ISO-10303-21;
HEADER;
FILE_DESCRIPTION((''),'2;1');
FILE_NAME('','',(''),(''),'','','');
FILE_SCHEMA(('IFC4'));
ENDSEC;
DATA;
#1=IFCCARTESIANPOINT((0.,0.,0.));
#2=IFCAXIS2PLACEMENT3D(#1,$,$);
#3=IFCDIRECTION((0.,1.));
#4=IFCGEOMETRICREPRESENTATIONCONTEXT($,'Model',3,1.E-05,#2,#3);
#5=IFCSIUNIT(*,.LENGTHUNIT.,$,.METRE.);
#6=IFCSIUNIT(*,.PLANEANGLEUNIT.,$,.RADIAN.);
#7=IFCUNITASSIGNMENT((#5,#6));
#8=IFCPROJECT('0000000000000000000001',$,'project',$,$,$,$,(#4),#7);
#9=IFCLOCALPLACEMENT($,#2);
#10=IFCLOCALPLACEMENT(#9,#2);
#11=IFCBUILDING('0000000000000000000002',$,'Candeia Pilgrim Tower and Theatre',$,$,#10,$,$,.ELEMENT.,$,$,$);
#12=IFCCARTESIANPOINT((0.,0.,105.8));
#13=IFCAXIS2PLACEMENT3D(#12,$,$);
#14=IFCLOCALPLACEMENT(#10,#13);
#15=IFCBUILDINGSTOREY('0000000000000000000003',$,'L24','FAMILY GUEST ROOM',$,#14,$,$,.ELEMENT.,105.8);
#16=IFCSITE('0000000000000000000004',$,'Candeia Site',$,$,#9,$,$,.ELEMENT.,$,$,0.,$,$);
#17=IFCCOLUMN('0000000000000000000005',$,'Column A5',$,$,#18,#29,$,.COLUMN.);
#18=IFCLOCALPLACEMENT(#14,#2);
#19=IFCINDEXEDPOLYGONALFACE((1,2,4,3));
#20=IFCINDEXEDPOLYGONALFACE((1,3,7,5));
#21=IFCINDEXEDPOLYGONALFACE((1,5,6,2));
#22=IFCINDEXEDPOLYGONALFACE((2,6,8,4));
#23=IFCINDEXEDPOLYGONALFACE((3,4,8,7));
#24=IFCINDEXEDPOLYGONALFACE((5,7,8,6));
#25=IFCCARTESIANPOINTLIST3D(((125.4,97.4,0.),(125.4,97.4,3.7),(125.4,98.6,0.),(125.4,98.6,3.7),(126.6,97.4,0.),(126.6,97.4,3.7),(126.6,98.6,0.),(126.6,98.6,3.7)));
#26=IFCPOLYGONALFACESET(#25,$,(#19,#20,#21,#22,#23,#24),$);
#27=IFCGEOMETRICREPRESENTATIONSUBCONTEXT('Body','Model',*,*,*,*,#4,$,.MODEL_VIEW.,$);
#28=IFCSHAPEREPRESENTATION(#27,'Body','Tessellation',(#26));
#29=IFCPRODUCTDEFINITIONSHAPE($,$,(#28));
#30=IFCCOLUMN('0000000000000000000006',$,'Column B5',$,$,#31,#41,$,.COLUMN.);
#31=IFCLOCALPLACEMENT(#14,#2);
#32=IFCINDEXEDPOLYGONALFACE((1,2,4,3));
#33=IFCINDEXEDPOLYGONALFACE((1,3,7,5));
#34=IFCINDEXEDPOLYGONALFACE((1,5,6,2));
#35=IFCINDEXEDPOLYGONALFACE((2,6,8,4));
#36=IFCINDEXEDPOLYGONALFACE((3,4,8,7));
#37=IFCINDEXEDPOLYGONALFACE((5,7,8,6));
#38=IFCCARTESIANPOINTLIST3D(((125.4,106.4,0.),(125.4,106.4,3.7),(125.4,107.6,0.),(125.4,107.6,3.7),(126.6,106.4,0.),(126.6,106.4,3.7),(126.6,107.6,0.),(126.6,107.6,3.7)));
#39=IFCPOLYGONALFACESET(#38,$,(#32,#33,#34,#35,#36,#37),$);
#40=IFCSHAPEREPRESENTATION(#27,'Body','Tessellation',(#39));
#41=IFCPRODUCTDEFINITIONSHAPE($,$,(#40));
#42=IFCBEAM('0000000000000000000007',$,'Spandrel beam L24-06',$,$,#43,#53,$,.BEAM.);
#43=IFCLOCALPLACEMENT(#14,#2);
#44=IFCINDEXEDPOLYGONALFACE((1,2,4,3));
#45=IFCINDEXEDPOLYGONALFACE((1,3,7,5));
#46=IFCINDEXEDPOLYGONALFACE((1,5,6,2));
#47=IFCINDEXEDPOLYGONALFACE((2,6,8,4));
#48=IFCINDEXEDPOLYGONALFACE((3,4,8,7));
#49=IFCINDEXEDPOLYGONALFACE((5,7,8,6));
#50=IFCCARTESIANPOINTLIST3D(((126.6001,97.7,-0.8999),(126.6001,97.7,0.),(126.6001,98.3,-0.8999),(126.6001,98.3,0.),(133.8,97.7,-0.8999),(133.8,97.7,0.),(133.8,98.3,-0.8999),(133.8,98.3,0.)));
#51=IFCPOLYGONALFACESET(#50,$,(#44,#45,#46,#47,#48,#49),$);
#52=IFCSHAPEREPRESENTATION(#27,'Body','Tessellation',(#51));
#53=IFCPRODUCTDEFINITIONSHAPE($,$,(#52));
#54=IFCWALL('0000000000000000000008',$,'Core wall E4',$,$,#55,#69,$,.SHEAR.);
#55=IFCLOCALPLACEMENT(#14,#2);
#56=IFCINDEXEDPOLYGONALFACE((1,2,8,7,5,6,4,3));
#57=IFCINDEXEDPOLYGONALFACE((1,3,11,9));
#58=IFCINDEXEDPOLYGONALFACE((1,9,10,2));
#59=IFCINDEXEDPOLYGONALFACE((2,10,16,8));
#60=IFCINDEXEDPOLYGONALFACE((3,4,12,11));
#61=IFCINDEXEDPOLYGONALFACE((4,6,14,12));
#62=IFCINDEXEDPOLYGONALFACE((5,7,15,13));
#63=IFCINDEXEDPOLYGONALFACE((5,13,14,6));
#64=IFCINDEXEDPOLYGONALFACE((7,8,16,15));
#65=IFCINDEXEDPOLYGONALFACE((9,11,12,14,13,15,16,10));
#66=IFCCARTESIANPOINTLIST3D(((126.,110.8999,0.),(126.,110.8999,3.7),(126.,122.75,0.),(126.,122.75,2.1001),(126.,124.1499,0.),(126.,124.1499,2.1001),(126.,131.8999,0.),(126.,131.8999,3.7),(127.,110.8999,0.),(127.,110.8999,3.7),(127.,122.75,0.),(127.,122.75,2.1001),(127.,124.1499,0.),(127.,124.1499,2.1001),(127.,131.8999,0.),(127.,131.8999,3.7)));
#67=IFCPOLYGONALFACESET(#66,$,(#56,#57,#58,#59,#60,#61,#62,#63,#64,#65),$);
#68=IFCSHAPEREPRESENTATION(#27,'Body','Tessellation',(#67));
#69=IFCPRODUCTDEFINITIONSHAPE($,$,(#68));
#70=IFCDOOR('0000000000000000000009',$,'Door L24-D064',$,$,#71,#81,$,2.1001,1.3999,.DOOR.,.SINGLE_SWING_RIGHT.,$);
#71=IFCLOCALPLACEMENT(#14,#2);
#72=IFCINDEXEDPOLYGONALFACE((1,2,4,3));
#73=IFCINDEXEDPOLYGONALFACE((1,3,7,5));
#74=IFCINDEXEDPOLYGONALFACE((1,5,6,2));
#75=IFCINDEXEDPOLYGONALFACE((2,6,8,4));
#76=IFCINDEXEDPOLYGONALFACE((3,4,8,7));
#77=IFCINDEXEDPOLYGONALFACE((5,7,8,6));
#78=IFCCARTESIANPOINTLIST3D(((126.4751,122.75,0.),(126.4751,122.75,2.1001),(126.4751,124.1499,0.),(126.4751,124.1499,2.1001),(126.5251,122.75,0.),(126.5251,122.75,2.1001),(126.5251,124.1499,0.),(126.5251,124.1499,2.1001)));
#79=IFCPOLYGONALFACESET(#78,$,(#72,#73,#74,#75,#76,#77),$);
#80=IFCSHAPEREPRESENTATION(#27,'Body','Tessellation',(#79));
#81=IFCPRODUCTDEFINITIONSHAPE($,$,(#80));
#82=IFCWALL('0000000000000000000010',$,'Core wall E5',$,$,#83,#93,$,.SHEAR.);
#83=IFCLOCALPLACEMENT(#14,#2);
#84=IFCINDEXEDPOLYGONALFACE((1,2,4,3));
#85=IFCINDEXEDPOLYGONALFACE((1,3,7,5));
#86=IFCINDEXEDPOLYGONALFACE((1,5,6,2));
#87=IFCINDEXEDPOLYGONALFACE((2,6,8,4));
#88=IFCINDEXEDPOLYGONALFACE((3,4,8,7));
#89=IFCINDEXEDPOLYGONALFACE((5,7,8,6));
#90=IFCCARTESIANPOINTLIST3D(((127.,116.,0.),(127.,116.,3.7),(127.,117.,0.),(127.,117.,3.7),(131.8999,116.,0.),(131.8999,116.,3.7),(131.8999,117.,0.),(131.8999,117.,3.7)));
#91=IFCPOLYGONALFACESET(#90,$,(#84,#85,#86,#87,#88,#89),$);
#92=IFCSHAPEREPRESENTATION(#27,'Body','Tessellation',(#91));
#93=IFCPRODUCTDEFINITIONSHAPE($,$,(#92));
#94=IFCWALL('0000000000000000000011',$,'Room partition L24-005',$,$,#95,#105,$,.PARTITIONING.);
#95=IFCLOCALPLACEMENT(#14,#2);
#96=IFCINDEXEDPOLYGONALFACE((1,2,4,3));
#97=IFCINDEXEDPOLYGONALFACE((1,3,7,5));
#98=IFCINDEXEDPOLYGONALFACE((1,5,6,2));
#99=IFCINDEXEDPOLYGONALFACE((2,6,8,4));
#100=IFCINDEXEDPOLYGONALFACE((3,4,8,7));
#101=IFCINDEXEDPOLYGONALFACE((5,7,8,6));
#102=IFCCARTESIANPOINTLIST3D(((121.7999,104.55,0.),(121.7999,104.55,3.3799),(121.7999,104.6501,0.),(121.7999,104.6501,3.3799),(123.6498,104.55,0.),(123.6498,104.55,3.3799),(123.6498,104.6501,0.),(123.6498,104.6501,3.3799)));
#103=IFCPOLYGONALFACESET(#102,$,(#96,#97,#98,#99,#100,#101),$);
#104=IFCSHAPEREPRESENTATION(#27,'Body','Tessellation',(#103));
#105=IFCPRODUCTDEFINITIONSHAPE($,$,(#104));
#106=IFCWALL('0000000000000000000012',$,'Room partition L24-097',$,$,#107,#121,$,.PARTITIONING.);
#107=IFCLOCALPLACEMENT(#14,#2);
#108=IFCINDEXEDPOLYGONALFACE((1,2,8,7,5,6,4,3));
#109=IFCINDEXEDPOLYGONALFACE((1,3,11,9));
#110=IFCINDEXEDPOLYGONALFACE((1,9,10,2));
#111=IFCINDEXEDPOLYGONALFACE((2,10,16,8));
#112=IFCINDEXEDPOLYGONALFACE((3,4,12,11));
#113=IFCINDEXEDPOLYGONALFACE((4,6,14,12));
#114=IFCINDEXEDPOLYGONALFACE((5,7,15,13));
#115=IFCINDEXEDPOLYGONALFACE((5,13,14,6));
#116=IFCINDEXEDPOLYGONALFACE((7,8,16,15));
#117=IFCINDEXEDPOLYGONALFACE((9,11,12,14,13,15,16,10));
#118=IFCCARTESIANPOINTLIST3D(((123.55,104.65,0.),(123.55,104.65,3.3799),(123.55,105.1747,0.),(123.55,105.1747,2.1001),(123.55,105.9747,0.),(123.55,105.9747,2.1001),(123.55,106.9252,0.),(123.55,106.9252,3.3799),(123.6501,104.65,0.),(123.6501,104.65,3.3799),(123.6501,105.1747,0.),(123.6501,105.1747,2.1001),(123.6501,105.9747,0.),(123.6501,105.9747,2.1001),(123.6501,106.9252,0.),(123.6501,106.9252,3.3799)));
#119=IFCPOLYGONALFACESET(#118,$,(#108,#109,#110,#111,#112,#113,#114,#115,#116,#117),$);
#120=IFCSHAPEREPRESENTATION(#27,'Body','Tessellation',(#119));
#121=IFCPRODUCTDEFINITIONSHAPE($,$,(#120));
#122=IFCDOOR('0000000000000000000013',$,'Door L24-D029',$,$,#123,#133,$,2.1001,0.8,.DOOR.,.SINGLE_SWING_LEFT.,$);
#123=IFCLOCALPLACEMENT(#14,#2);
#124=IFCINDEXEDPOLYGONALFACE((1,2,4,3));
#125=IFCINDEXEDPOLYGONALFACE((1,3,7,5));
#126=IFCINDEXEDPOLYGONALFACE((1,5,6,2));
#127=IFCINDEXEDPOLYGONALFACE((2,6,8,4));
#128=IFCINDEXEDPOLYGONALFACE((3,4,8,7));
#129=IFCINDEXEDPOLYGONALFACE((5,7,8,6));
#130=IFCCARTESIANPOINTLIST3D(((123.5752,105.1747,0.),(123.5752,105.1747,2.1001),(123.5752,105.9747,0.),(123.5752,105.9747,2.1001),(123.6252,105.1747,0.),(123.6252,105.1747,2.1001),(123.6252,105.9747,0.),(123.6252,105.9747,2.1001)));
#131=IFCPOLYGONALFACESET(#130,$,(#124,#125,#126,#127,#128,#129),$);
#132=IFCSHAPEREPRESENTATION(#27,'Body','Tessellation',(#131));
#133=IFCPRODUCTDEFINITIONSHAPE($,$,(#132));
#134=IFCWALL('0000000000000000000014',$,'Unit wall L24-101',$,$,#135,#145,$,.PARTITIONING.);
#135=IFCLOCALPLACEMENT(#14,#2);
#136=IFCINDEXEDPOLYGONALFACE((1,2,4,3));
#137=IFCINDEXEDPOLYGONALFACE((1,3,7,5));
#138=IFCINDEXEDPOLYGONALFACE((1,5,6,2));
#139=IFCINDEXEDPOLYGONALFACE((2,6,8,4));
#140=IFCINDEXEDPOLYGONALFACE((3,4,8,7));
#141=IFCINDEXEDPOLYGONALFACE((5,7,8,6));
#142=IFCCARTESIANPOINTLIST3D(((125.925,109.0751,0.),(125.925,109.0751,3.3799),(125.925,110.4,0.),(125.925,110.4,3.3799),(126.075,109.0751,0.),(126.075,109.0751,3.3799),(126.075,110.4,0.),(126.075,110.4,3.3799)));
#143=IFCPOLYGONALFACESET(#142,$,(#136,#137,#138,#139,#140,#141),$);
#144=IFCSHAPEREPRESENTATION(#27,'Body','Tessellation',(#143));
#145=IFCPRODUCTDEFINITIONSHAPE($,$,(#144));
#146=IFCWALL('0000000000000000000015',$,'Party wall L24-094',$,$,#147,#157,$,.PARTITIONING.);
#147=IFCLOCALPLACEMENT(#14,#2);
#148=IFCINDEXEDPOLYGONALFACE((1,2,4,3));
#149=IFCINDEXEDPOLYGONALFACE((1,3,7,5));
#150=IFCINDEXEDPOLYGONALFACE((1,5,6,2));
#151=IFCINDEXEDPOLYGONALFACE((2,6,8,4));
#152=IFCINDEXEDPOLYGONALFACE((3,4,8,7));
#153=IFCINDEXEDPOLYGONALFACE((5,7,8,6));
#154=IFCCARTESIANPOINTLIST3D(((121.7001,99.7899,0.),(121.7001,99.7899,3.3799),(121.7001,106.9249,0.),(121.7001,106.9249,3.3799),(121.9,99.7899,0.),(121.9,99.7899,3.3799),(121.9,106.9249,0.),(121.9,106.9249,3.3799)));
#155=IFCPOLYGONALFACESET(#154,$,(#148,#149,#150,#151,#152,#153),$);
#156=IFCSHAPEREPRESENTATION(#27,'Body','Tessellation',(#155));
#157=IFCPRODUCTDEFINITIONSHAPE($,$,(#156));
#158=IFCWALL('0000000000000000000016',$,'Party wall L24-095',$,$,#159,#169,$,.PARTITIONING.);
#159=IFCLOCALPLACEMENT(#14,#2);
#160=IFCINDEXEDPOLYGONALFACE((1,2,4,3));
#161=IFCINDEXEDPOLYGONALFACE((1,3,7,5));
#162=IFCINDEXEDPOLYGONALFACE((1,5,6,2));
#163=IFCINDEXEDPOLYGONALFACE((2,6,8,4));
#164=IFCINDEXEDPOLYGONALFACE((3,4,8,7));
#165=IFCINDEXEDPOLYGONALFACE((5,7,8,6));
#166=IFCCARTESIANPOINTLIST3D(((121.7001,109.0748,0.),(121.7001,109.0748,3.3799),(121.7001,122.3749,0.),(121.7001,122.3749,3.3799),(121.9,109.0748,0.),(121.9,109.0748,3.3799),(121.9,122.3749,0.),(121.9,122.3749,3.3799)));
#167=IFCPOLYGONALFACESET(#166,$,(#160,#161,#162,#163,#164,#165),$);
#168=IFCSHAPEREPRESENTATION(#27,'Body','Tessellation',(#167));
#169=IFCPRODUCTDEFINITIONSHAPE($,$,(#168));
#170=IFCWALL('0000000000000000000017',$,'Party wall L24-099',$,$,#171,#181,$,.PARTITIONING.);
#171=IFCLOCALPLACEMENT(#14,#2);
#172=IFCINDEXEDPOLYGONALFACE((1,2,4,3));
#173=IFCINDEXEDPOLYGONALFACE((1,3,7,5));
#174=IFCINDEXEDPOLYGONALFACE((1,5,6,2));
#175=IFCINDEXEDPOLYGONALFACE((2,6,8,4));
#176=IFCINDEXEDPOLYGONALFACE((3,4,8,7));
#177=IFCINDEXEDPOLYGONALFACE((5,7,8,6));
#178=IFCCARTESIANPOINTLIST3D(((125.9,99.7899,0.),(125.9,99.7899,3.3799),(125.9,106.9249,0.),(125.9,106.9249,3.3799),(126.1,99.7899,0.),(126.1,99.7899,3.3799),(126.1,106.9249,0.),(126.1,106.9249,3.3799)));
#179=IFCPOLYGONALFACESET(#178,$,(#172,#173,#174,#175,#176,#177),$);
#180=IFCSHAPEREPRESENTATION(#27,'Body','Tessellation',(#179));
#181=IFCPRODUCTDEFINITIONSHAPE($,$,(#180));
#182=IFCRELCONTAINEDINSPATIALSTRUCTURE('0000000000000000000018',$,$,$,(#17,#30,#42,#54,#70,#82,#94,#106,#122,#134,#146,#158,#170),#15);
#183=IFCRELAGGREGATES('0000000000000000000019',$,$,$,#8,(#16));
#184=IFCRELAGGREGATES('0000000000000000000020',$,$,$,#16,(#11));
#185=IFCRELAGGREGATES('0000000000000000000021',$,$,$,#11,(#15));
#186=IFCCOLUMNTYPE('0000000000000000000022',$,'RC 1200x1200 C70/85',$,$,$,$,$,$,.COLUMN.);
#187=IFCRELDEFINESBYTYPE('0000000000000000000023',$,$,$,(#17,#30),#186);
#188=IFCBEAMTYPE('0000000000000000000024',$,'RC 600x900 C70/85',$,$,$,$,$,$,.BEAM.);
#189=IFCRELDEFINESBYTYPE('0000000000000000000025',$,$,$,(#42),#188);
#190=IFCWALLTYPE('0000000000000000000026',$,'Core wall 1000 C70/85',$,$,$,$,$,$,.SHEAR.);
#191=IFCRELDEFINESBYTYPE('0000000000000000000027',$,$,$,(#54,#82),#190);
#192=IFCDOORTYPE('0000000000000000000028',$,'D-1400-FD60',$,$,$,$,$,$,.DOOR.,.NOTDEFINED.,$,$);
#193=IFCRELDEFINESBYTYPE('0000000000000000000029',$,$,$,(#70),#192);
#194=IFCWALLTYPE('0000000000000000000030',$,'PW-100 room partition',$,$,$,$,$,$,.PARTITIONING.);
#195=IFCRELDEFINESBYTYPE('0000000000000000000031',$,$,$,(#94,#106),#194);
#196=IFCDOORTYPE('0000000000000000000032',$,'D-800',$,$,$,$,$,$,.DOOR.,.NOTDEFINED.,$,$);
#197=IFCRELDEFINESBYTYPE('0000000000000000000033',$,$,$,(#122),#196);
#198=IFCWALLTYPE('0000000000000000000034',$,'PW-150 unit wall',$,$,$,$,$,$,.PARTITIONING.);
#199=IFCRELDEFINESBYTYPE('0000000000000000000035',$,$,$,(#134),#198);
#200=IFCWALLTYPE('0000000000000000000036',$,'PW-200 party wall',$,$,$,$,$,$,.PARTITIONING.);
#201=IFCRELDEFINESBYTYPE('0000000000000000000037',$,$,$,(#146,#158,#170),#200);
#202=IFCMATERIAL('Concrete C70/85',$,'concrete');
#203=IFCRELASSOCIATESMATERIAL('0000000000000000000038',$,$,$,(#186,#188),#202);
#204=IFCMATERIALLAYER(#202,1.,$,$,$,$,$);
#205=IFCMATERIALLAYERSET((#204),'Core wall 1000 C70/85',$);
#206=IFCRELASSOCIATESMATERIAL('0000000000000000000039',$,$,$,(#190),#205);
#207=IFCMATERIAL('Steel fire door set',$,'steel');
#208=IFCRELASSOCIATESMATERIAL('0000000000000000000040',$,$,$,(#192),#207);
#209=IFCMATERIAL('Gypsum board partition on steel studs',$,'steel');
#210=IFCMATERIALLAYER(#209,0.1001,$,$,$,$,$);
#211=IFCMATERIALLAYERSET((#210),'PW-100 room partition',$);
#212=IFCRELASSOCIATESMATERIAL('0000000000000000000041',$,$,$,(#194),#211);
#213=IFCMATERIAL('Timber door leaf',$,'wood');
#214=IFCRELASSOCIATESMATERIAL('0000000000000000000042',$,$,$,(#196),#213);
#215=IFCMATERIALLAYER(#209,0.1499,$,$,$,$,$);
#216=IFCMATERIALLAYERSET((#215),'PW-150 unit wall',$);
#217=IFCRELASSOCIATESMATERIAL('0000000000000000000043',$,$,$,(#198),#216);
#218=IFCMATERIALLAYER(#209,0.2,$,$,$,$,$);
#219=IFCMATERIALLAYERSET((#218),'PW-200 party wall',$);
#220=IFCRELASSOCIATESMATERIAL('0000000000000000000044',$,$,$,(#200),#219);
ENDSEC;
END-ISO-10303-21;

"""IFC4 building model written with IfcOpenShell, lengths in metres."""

from ifc_helpers import new_model, si_unit, direction, frame, frame_2d, origin, origin_2d, place, context, subcontext, project, spatial, rectangle, extrude, material, layer, layer_set, material_profile, profile_set, type_object, element, fill, save


model = new_model("IFC4")

# Units and contexts
model_context = context("Model", 3, precision=1e-05, world=origin(), true_north=direction((0.0, 1.0)))
body_context = subcontext(model_context, "Body", "Model", "MODEL_VIEW")
ifc_project = project(units=[si_unit("LENGTHUNIT", "METRE"), si_unit("PLANEANGLEUNIT", "RADIAN")], contexts=[model_context])

# Site, building, storey
site_placement = place(None, origin())
site = spatial("IfcSite", under=ifc_project, at=site_placement, Name="Candeia Site", CompositionType="ELEMENT", RefElevation=0.0)
building_placement = place(site_placement, origin())
building = spatial("IfcBuilding", under=site, at=building_placement, Name="Candeia Pilgrim Tower and Theatre", CompositionType="ELEMENT")
storey_placement = place(building_placement, frame((0.0, 0.0, 105.8)))
storey = spatial("IfcBuildingStorey", under=building, at=storey_placement, Name="L24", Description="FAMILY GUEST ROOM", CompositionType="ELEMENT", Elevation=105.8)

# Columns
ifc_material_1 = material(Name="Concrete C70/85", Category="concrete")
ifc_material_profile_1 = material_profile(ifc_material_1, rectangle(XDim=1.2, YDim=1.2, at=origin_2d()))
ifc_profile_set_1 = profile_set([ifc_material_profile_1], Name="Concrete C70/85")
column_type = type_object("IfcColumnType", Name="RC 1200x1200 C70/85", PredefinedType="COLUMN", material=ifc_profile_set_1)
for number, where, z_axis, x_axis, name in (
    (1, (126.0, 98.0, 0.0), (0.0, 0.0, 1.0), (1.0, 0.0, 0.0), "Column A5"),
    (2, (126.0, 107.0, 0.0), (0.0, 0.0, 1.0), (1.0, 0.0, 0.0), "Column B5"),
):
    element("IfcColumn", number, at=place(storey_placement, frame(where, z_axis=z_axis, x_axis=x_axis)), inside=storey, type_object=column_type, Name=name, PredefinedType="COLUMN", context=body_context, shape_type="SweptSolid", body=[
        extrude(rectangle(XDim=1.2, YDim=1.2, at=origin_2d()), origin(), (0.0, 0.0, 1.0), 3.7),
    ])

# Beam
ifc_material_profile_2 = material_profile(ifc_material_1, rectangle(XDim=0.6001, YDim=0.8999, at=origin_2d()))
ifc_profile_set_2 = profile_set([ifc_material_profile_2], Name="Concrete C70/85")
beam_type = type_object("IfcBeamType", Name="RC 600x900 C70/85", PredefinedType="BEAM", material=ifc_profile_set_2)
beam_placement = place(storey_placement, frame((126.6001, 98.0, -0.45), z_axis=(1.0, 0.0, 0.0), x_axis=(0.0, 1.0, 0.0)))
element("IfcBeam", 3, at=beam_placement, inside=storey, type_object=beam_type, Name="Spandrel beam L24-06", PredefinedType="BEAM", context=body_context, shape_type="SweptSolid", body=[
    extrude(rectangle(XDim=0.6001, YDim=0.8999, at=origin_2d()), origin(), (0.0, 0.0, 1.0), 7.2),
])

# Wall, opening, door
ifc_layer_1 = layer(ifc_material_1, 1.0)
ifc_layer_set_1 = layer_set([ifc_layer_1], Name="Core wall 1000 C70/85")
wall_type_1 = type_object("IfcWallType", Name="Core wall 1000 C70/85", PredefinedType="SHEAR", material=ifc_layer_set_1)
wall_1_placement = place(storey_placement, frame((126.5, 110.8999, 0.0), z_axis=(0.0, 0.0, 1.0), x_axis=(0.0, 1.0, 0.0)))
wall_1 = element("IfcWall", 4, at=wall_1_placement, inside=storey, type_object=wall_type_1, Name="Core wall E4", PredefinedType="SHEAR", context=body_context, shape_type="SweptSolid", body=[
    extrude(rectangle(XDim=21.0, YDim=1.0, at=frame_2d((10.5, 0.0))), origin(), (0.0, 0.0, 1.0), 3.7),
])
opening_1_placement = place(wall_1_placement, frame((11.8501, 0.0, 0.0)))
opening_1 = element("IfcOpeningElement", 5, at=opening_1_placement, cuts=wall_1, PredefinedType="OPENING", context=body_context, shape_type="SweptSolid", body=[
    extrude(rectangle(XDim=1.3999, YDim=2.1001, at=frame_2d((0.7, 1.05))), frame((0.0, 0.51, 0.0), z_axis=(0.0, -1.0, 0.0), x_axis=(1.0, 0.0, 0.0)), (0.0, 0.0, 1.0), 1.02),
])
ifc_material_2 = material(Name="Steel fire door set", Category="steel")
door_type_1 = type_object("IfcDoorType", Name="D-1400-FD60", OperationType="NOTDEFINED", PredefinedType="DOOR", material=ifc_material_2)
door_1_placement = place(opening_1_placement, origin())
door_1 = element("IfcDoor", 6, at=door_1_placement, inside=storey, type_object=door_type_1, Name="Door L24-D064", OperationType="SINGLE_SWING_RIGHT", OverallHeight=2.1001, OverallWidth=1.3999, PredefinedType="DOOR", context=body_context, shape_type="SweptSolid", body=[
    extrude(rectangle(XDim=1.3999, YDim=2.1001, at=frame_2d((0.7, 1.05))), frame((0.0, 0.0249, 0.0), z_axis=(0.0, -1.0, 0.0), x_axis=(1.0, 0.0, 0.0)), (0.0, 0.0, 1.0), 0.05),
])
fill(opening_1, door_1)

# Walls
wall_2_placement = place(storey_placement, frame((127.0, 116.5, 0.0), z_axis=(0.0, 0.0, 1.0), x_axis=(1.0, 0.0, 0.0)))
element("IfcWall", 7, at=wall_2_placement, inside=storey, type_object=wall_type_1, Name="Core wall E5", PredefinedType="SHEAR", context=body_context, shape_type="SweptSolid", body=[
    extrude(rectangle(XDim=4.8999, YDim=1.0, at=frame_2d((2.45, 0.0))), origin(), (0.0, 0.0, 1.0), 3.7),
])
ifc_material_3 = material(Name="Gypsum board partition on steel studs", Category="steel")
ifc_layer_2 = layer(ifc_material_3, 0.1001)
ifc_layer_set_2 = layer_set([ifc_layer_2], Name="PW-100 room partition")
wall_type_2 = type_object("IfcWallType", Name="PW-100 room partition", PredefinedType="PARTITIONING", material=ifc_layer_set_2)
wall_3_placement = place(storey_placement, frame((121.8, 104.6001, 0.0), z_axis=(0.0, 0.0, 1.0), x_axis=(1.0, 0.0, 0.0)))
element("IfcWall", 8, at=wall_3_placement, inside=storey, type_object=wall_type_2, Name="Room partition L24-005", PredefinedType="PARTITIONING", context=body_context, shape_type="SweptSolid", body=[
    extrude(rectangle(XDim=1.8499, YDim=0.1001, at=frame_2d((0.9248, 0.0))), origin(), (0.0, 0.0, 1.0), 3.3799),
])

# Wall, opening, door
wall_4_placement = place(storey_placement, frame((123.6001, 104.6499, 0.0), z_axis=(0.0, 0.0, 1.0), x_axis=(0.0, 1.0, 0.0)))
wall_4 = element("IfcWall", 9, at=wall_4_placement, inside=storey, type_object=wall_type_2, Name="Room partition L24-097", PredefinedType="PARTITIONING", context=body_context, shape_type="SweptSolid", body=[
    extrude(rectangle(XDim=2.2751, YDim=0.1001, at=frame_2d((1.1377, 0.0))), origin(), (0.0, 0.0, 1.0), 3.3799),
])
opening_2_placement = place(wall_4_placement, frame((0.5249, 0.0, 0.0)))
opening_2 = element("IfcOpeningElement", 10, at=opening_2_placement, cuts=wall_4, PredefinedType="OPENING", context=body_context, shape_type="SweptSolid", body=[
    extrude(rectangle(XDim=0.8, YDim=2.1001, at=frame_2d((0.3999, 1.05))), frame((0.0, 0.0601, 0.0), z_axis=(0.0, -1.0, 0.0), x_axis=(1.0, 0.0, 0.0)), (0.0, 0.0, 1.0), 0.1201),
])
ifc_material_4 = material(Name="Timber door leaf", Category="wood")
door_type_2 = type_object("IfcDoorType", Name="D-800", OperationType="NOTDEFINED", PredefinedType="DOOR", material=ifc_material_4)
door_2_placement = place(opening_2_placement, origin())
door_2 = element("IfcDoor", 11, at=door_2_placement, inside=storey, type_object=door_type_2, Name="Door L24-D029", OperationType="SINGLE_SWING_LEFT", OverallHeight=2.1001, OverallWidth=0.8, PredefinedType="DOOR", context=body_context, shape_type="SweptSolid", body=[
    extrude(rectangle(XDim=0.8, YDim=2.1001, at=frame_2d((0.3999, 1.05))), frame((0.0, 0.0249, 0.0), z_axis=(0.0, -1.0, 0.0), x_axis=(1.0, 0.0, 0.0)), (0.0, 0.0, 1.0), 0.05),
])
fill(opening_2, door_2)

# Walls
ifc_layer_3 = layer(ifc_material_3, 0.1499)
ifc_layer_set_3 = layer_set([ifc_layer_3], Name="PW-150 unit wall")
wall_type_3 = type_object("IfcWallType", Name="PW-150 unit wall", PredefinedType="PARTITIONING", material=ifc_layer_set_3)
wall_5_placement = place(storey_placement, frame((126.0, 109.075, 0.0), z_axis=(0.0, 0.0, 1.0), x_axis=(0.0, 1.0, 0.0)))
element("IfcWall", 12, at=wall_5_placement, inside=storey, type_object=wall_type_3, Name="Unit wall L24-101", PredefinedType="PARTITIONING", context=body_context, shape_type="SweptSolid", body=[
    extrude(rectangle(XDim=1.325, YDim=0.1499, at=frame_2d((0.6626, 0.0))), origin(), (0.0, 0.0, 1.0), 3.3799),
])
ifc_layer_4 = layer(ifc_material_3, 0.2)
ifc_layer_set_4 = layer_set([ifc_layer_4], Name="PW-200 party wall")
wall_type_4 = type_object("IfcWallType", Name="PW-200 party wall", PredefinedType="PARTITIONING", material=ifc_layer_set_4)
wall_6_placement = place(storey_placement, frame((121.8, 99.79, 0.0), z_axis=(0.0, 0.0, 1.0), x_axis=(0.0, 1.0, 0.0)))
element("IfcWall", 13, at=wall_6_placement, inside=storey, type_object=wall_type_4, Name="Party wall L24-094", PredefinedType="PARTITIONING", context=body_context, shape_type="SweptSolid", body=[
    extrude(rectangle(XDim=7.135, YDim=0.2, at=frame_2d((3.5674, 0.0))), origin(), (0.0, 0.0, 1.0), 3.3799),
])
wall_7_placement = place(storey_placement, frame((121.8, 109.075, 0.0), z_axis=(0.0, 0.0, 1.0), x_axis=(0.0, 1.0, 0.0)))
element("IfcWall", 14, at=wall_7_placement, inside=storey, type_object=wall_type_4, Name="Party wall L24-095", PredefinedType="PARTITIONING", context=body_context, shape_type="SweptSolid", body=[
    extrude(rectangle(XDim=13.3, YDim=0.2, at=frame_2d((6.6499, 0.0))), origin(), (0.0, 0.0, 1.0), 3.3799),
])
wall_8_placement = place(storey_placement, frame((126.0, 99.79, 0.0), z_axis=(0.0, 0.0, 1.0), x_axis=(0.0, 1.0, 0.0)))
element("IfcWall", 15, at=wall_8_placement, inside=storey, type_object=wall_type_4, Name="Party wall L24-099", PredefinedType="PARTITIONING", context=body_context, shape_type="SweptSolid", body=[
    extrude(rectangle(XDim=7.135, YDim=0.2, at=frame_2d((3.5674, 0.0))), origin(), (0.0, 0.0, 1.0), 3.3799),
])

save(model, "model.ifc")
